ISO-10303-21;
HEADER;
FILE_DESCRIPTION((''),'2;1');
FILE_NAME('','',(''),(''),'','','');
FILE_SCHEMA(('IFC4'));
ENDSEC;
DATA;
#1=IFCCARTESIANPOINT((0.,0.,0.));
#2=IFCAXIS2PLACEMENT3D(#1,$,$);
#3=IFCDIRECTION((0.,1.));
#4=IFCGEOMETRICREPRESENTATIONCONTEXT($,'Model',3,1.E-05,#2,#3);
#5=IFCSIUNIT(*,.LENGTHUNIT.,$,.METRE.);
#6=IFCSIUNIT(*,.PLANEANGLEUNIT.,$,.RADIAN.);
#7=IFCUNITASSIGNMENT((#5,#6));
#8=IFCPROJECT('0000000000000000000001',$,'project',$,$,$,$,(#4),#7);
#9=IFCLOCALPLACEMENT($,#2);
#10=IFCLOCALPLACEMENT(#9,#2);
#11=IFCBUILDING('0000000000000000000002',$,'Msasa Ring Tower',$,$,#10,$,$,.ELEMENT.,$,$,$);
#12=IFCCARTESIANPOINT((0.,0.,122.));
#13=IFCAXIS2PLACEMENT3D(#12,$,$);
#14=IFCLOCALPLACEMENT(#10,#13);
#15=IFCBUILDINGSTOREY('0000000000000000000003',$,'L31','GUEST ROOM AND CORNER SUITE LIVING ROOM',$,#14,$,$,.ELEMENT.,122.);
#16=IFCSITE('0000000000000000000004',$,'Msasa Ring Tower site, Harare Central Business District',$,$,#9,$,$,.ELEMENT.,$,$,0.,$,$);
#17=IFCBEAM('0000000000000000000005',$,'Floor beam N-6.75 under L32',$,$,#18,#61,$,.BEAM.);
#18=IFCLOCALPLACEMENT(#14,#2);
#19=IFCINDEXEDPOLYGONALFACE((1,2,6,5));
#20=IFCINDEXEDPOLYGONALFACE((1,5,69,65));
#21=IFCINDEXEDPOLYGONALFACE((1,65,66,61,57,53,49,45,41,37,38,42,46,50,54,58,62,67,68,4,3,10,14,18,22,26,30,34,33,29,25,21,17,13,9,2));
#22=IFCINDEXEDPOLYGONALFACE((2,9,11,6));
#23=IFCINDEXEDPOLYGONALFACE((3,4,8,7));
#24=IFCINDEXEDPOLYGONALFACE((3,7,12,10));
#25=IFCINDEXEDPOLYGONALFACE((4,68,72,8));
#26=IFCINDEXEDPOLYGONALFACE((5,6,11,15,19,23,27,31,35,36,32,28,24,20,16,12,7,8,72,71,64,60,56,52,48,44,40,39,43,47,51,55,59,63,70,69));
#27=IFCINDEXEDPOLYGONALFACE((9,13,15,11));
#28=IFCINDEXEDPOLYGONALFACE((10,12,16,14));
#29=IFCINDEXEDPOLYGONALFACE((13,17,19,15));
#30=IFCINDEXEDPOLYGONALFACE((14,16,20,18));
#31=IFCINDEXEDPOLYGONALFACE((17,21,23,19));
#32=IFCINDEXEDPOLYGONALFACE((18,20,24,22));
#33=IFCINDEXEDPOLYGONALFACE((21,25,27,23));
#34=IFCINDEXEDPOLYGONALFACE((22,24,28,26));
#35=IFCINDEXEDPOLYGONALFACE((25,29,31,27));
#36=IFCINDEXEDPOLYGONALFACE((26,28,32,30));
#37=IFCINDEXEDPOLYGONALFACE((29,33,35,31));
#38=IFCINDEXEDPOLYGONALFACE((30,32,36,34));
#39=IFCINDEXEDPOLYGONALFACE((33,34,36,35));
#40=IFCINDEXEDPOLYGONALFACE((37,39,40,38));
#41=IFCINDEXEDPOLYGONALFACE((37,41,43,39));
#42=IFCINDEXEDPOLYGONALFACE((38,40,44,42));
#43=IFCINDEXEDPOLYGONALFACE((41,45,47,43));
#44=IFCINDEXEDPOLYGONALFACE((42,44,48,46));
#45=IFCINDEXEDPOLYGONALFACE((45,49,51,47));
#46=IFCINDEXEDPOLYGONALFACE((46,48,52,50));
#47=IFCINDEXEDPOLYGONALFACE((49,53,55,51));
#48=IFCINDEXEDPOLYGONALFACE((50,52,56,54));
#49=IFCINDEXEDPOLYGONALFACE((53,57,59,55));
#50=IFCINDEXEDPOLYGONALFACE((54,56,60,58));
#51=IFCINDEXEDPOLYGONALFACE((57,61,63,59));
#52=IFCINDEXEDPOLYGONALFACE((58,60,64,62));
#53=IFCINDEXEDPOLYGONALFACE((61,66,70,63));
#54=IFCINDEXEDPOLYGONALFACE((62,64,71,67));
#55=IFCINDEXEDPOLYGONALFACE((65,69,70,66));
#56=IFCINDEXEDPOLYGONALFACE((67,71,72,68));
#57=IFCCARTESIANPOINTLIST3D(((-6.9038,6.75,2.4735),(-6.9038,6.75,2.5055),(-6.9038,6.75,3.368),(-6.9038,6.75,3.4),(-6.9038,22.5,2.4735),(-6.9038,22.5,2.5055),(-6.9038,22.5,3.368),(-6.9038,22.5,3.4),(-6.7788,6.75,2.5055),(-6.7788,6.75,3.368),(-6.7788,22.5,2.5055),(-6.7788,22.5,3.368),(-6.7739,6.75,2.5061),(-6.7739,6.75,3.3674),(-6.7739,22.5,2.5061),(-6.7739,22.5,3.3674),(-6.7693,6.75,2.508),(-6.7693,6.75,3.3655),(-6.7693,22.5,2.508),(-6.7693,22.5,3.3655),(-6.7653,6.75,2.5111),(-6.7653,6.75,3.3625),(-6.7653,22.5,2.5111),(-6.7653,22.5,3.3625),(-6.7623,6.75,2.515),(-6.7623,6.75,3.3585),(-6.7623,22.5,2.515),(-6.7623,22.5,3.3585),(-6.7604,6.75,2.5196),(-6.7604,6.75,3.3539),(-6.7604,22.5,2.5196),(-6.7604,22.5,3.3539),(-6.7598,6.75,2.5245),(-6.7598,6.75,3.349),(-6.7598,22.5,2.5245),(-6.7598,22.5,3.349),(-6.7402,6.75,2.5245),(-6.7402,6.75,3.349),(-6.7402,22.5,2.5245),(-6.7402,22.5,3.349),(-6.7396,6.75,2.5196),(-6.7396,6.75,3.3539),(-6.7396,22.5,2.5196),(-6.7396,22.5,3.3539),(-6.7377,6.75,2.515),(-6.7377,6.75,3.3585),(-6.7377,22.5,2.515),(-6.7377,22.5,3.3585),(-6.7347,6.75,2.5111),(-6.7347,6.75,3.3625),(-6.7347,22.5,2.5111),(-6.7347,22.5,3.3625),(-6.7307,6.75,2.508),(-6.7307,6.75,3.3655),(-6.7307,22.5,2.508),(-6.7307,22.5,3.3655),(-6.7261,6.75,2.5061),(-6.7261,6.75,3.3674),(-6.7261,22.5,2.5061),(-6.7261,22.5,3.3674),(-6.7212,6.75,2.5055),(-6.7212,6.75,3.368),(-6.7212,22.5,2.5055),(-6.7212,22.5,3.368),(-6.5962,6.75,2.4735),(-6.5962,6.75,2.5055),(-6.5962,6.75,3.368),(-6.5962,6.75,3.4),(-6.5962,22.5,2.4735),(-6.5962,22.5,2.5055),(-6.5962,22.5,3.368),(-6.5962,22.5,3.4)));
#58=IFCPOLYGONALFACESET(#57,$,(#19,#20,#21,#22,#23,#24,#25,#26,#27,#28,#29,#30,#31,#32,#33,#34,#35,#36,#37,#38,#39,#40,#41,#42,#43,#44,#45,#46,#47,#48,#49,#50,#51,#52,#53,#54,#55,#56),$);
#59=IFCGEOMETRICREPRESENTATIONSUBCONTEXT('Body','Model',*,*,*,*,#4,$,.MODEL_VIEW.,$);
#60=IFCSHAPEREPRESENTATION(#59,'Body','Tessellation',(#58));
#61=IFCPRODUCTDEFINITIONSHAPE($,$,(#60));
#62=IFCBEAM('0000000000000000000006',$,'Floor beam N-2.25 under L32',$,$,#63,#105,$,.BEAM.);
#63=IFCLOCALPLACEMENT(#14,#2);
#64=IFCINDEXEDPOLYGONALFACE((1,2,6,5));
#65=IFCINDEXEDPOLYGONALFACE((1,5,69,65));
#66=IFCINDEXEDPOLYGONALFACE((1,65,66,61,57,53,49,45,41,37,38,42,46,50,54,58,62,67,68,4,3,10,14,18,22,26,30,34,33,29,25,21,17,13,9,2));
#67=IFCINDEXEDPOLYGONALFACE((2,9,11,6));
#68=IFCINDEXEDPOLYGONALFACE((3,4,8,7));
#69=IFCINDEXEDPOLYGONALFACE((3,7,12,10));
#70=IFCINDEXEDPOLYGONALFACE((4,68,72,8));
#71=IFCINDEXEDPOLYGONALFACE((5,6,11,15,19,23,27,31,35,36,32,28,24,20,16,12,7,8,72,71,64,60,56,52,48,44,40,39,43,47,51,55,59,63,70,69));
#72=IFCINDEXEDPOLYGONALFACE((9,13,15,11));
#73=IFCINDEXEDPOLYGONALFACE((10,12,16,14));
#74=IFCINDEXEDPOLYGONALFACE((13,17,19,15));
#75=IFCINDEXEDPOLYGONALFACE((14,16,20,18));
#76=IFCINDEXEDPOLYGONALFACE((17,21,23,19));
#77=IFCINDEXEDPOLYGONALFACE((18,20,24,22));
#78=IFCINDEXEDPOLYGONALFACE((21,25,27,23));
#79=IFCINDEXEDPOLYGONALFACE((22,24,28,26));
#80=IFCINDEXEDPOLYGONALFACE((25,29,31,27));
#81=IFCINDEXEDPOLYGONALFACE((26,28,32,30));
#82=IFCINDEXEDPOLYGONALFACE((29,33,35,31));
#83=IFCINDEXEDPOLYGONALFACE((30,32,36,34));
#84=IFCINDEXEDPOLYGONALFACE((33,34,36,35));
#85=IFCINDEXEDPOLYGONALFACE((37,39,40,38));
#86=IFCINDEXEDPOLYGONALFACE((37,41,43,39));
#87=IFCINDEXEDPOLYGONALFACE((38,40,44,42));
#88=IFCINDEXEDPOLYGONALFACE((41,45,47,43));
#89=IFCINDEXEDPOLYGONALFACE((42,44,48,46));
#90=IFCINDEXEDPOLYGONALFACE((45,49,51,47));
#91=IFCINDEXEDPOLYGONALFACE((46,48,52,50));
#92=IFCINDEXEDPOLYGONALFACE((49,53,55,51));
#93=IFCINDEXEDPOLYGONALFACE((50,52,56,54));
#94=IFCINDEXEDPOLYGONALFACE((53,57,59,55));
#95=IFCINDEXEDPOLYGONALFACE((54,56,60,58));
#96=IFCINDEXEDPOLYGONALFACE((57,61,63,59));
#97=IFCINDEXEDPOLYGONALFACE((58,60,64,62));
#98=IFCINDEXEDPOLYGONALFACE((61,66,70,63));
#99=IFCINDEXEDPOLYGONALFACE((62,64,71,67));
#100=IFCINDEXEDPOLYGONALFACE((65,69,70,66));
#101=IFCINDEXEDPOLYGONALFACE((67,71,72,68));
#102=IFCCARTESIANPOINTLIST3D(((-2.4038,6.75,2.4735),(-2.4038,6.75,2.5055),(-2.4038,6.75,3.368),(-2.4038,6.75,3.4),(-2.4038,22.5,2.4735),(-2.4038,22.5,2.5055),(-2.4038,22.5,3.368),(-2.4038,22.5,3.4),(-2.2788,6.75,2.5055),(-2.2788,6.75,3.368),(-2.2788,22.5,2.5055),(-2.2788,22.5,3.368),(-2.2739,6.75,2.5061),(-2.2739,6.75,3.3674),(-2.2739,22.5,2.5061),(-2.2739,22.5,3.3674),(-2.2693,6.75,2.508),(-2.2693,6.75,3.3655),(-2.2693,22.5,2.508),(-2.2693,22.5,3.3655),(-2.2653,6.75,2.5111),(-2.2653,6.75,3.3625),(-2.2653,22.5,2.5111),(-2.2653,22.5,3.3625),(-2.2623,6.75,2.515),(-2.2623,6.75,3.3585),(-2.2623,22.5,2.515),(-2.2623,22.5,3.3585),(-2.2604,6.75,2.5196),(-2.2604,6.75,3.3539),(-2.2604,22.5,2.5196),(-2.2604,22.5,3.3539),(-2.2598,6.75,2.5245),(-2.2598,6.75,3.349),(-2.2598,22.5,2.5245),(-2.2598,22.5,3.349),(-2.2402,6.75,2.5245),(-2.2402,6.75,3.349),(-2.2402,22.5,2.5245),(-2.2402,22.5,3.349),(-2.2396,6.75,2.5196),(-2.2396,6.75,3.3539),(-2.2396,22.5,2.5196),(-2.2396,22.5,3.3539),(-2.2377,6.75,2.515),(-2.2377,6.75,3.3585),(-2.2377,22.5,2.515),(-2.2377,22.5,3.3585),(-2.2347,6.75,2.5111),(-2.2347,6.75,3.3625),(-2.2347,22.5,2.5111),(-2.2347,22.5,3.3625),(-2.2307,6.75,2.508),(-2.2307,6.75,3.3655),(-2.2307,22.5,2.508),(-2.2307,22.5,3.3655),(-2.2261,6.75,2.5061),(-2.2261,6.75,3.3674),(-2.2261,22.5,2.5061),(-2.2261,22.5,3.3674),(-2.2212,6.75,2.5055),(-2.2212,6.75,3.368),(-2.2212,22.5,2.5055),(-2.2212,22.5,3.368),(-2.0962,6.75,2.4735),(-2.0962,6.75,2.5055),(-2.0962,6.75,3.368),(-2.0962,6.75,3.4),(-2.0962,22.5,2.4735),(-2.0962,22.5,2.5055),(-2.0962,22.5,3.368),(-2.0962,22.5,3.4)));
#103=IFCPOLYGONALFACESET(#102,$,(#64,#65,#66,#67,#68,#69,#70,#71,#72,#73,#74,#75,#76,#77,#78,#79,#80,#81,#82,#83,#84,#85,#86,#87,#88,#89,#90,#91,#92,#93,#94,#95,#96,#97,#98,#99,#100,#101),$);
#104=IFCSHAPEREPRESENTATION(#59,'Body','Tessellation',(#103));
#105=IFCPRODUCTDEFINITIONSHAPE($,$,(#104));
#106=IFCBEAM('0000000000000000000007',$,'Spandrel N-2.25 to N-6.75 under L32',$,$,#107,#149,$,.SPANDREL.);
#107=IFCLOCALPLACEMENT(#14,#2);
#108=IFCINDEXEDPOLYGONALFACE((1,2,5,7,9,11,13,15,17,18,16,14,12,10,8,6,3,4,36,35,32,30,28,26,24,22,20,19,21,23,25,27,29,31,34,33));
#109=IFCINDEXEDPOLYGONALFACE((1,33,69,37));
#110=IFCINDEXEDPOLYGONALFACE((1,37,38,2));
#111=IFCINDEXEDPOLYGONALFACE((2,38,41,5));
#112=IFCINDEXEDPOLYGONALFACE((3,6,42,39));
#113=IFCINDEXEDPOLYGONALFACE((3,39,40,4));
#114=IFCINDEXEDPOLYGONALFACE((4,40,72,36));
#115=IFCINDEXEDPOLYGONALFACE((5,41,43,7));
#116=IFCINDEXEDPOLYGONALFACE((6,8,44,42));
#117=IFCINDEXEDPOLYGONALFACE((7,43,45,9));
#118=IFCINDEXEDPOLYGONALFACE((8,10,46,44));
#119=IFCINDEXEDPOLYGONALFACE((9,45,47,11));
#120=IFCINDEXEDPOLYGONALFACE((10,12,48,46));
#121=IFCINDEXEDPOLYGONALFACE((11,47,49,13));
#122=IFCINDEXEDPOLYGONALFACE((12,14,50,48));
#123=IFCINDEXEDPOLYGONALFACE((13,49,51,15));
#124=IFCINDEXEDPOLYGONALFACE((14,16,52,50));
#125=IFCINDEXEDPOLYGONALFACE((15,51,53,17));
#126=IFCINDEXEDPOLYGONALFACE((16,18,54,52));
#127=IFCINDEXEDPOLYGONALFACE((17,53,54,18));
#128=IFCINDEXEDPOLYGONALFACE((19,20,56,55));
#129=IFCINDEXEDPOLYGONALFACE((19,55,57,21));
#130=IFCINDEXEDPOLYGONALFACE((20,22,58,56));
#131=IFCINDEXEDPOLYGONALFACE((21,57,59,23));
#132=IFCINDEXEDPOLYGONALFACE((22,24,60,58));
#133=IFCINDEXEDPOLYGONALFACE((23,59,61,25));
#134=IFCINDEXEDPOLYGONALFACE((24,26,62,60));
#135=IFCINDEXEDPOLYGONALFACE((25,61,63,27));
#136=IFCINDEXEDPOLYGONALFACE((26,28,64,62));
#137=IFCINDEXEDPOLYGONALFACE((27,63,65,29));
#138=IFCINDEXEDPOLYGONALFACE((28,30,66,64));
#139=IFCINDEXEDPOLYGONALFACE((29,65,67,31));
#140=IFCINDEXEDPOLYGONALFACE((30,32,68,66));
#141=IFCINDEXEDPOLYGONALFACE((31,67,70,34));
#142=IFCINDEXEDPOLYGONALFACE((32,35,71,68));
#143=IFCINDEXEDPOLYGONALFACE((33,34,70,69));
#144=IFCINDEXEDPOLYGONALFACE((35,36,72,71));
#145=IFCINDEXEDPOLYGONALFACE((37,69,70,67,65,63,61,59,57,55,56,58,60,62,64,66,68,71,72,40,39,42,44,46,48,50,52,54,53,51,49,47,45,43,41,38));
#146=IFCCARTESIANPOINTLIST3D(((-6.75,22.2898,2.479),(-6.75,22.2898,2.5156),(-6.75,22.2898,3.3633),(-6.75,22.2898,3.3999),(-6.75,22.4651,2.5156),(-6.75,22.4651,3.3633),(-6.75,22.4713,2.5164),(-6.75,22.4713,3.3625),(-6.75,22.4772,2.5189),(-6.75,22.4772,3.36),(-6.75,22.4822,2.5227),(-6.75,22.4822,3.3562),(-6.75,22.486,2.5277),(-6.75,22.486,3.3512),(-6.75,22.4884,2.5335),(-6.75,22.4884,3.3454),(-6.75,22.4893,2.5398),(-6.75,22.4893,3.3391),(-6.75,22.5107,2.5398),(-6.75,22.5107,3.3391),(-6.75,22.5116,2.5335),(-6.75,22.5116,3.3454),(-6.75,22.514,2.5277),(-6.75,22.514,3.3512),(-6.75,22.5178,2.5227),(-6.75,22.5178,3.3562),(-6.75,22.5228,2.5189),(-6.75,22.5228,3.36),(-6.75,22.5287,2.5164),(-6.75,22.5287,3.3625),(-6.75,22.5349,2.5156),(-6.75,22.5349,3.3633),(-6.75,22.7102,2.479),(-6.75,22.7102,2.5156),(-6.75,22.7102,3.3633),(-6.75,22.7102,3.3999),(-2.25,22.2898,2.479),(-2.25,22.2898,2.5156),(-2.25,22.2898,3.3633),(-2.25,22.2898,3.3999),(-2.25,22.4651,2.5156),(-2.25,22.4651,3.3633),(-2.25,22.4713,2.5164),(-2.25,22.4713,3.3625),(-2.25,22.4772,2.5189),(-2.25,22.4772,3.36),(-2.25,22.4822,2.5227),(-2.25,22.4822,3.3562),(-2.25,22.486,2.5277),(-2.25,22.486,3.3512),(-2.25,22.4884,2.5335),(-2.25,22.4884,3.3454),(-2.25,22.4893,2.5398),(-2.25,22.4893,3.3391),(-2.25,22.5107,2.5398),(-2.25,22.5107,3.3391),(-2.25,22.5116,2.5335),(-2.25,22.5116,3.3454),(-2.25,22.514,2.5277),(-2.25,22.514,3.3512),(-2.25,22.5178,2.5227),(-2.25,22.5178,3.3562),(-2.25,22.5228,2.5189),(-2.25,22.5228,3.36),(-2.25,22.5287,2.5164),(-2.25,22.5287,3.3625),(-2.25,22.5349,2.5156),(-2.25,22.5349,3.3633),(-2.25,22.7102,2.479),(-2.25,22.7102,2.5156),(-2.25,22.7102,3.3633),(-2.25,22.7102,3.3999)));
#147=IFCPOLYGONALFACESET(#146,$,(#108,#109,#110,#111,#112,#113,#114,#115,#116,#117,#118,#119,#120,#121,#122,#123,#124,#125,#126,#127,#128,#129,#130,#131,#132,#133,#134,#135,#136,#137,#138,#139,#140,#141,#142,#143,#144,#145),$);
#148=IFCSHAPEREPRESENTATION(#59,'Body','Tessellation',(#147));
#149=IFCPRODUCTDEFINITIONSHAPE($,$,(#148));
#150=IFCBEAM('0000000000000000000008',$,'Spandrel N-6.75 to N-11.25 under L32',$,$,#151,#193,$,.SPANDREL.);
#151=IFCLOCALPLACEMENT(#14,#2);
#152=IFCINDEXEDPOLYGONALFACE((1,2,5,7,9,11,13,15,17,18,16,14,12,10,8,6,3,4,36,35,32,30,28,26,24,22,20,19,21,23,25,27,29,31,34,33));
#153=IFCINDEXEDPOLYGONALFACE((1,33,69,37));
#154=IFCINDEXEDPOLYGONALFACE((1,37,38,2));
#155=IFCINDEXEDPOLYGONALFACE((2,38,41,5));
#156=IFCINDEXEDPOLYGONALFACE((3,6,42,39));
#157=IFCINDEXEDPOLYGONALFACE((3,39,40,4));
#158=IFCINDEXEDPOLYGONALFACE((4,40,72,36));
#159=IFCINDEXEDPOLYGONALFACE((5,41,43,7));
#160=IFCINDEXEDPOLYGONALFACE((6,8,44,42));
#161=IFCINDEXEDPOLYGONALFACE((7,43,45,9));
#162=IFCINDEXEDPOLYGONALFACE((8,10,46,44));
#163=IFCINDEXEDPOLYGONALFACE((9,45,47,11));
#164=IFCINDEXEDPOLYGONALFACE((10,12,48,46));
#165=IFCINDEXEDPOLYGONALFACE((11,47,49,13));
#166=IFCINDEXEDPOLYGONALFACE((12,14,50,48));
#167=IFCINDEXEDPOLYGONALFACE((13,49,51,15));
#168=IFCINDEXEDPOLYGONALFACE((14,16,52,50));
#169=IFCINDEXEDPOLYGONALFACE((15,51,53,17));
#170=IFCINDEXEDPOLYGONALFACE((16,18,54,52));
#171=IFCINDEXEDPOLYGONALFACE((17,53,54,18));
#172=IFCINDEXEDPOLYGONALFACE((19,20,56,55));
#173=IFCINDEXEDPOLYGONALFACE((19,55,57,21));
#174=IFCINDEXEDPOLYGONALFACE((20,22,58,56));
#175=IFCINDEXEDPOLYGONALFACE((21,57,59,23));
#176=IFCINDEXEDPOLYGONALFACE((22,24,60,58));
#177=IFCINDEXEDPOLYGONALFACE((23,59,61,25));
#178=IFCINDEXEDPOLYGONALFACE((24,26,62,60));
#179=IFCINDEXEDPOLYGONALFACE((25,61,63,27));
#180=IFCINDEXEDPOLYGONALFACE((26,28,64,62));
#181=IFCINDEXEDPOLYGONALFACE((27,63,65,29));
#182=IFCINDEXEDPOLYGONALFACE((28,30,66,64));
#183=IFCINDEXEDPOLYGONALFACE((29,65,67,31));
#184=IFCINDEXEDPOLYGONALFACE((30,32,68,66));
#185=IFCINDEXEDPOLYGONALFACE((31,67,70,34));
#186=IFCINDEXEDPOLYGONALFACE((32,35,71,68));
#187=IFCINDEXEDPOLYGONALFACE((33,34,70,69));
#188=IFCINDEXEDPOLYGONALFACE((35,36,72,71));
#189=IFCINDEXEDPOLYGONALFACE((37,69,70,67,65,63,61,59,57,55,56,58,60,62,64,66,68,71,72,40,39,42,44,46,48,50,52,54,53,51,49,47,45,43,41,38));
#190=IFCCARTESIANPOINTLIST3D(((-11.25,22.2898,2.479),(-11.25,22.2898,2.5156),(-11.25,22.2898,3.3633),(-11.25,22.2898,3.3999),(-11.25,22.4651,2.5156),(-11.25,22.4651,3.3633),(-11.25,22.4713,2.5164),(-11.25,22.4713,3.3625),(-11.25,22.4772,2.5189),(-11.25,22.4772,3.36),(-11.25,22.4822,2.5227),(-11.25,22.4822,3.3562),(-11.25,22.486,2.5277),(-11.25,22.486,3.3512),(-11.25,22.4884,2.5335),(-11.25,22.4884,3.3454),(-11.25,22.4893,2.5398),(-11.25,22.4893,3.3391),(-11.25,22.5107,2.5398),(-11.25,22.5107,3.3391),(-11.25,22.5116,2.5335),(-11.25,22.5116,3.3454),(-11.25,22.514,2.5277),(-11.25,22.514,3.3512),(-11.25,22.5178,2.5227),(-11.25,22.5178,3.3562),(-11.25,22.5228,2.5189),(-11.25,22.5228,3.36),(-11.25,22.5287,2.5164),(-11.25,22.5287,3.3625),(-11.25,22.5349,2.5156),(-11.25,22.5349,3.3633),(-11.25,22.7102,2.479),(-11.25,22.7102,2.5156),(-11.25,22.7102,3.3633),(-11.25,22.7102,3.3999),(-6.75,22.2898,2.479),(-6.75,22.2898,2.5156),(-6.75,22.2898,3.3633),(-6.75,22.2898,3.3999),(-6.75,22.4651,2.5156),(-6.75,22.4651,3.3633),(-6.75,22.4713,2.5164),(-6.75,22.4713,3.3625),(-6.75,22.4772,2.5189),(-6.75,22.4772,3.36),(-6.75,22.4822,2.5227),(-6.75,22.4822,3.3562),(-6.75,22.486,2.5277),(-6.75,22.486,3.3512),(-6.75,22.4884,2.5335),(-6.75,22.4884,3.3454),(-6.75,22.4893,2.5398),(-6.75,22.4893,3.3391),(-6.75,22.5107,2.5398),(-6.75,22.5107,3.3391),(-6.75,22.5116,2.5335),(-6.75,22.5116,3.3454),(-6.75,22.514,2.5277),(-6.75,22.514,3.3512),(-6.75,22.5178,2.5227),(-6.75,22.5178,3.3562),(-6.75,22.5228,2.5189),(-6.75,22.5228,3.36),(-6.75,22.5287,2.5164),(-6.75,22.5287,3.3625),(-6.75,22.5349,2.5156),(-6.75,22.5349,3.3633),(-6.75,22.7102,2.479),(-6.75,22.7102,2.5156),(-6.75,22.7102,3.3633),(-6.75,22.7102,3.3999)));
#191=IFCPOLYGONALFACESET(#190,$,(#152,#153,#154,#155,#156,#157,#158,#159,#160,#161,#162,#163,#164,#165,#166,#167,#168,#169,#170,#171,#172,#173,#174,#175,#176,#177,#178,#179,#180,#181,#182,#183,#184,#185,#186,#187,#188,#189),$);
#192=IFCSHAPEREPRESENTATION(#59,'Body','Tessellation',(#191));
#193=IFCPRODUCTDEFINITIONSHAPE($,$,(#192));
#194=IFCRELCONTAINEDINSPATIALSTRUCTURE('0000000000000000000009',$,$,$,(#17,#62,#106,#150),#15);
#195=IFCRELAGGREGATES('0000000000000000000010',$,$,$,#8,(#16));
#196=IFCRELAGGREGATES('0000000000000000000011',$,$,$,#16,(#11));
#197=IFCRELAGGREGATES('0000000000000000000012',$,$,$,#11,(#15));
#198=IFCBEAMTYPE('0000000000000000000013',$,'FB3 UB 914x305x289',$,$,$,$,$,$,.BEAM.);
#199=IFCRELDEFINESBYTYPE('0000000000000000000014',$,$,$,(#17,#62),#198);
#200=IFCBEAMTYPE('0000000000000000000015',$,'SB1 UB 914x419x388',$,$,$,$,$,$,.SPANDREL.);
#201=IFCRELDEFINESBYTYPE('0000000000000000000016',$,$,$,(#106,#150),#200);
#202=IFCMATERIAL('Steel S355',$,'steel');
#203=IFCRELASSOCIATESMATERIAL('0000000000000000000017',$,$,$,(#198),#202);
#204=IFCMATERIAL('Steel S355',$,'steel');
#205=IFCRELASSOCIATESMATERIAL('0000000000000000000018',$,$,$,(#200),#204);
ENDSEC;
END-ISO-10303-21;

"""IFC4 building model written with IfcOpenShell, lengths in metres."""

from ifc_helpers import new_model, si_unit, direction, frame, origin, origin_2d, place, context, subcontext, project, spatial, i_section, extrude, material, material_profile, profile_set, type_object, element, save


model = new_model("IFC4")

# Units and contexts
model_context = context("Model", 3, precision=1e-05, world=origin(), true_north=direction((0.0, 1.0)))
body_context = subcontext(model_context, "Body", "Model", "MODEL_VIEW")
ifc_project = project(units=[si_unit("LENGTHUNIT", "METRE"), si_unit("PLANEANGLEUNIT", "RADIAN")], contexts=[model_context])

# Site, building, storey
site_placement = place(None, origin())
site = spatial("IfcSite", under=ifc_project, at=site_placement, Name="Msasa Ring Tower site, Harare Central Business District", CompositionType="ELEMENT", RefElevation=0.0)
building_placement = place(site_placement, origin())
building = spatial("IfcBuilding", under=site, at=building_placement, Name="Msasa Ring Tower", CompositionType="ELEMENT")
storey_placement = place(building_placement, frame((0.0, 0.0, 122.0)))
storey = spatial("IfcBuildingStorey", under=building, at=storey_placement, Name="L31", Description="GUEST ROOM AND CORNER SUITE LIVING ROOM", CompositionType="ELEMENT", Elevation=122.0)

# Beams
ifc_material_1 = material(Name="Steel S355", Category="steel")
ifc_material_profile_1 = material_profile(ifc_material_1, i_section(OverallWidth=0.3076, OverallDepth=0.9265, WebThickness=0.0195, FlangeThickness=0.032, FilletRadius=0.019, at=origin_2d()), Name="UB 914x305x289")
ifc_profile_set_1 = profile_set([ifc_material_profile_1], Name="Steel S355")
beam_type_1 = type_object("IfcBeamType", Name="FB3 UB 914x305x289", PredefinedType="BEAM", material=ifc_profile_set_1)
for number, where, z_axis, x_axis, name in (
    (1, (-6.75, 22.5, 2.9368), (0.0, -1.0, 0.0), (1.0, 0.0, 0.0), "Floor beam N-6.75 under L32"),
    (2, (-2.25, 22.5, 2.9368), (0.0, -1.0, 0.0), (1.0, 0.0, 0.0), "Floor beam N-2.25 under L32"),
):
    element("IfcBeam", number, at=place(storey_placement, frame(where, z_axis=z_axis, x_axis=x_axis)), inside=storey, type_object=beam_type_1, Name=name, PredefinedType="BEAM", context=body_context, shape_type="SweptSolid", body=[
        extrude(i_section(OverallWidth=0.3076, OverallDepth=0.9265, WebThickness=0.0195, FlangeThickness=0.032, FilletRadius=0.019, at=origin_2d()), origin(), (0.0, 0.0, 1.0), 15.75),
    ])
ifc_material_2 = material(Name="Steel S355", Category="steel")
ifc_material_profile_2 = material_profile(ifc_material_2, i_section(OverallWidth=0.4204, OverallDepth=0.9209, WebThickness=0.0215, FlangeThickness=0.0366, FilletRadius=0.0242, at=origin_2d()), Name="UB 914x419x388")
ifc_profile_set_2 = profile_set([ifc_material_profile_2], Name="Steel S355")
beam_type_2 = type_object("IfcBeamType", Name="SB1 UB 914x419x388", PredefinedType="SPANDREL", material=ifc_profile_set_2)
for number, where, z_axis, x_axis, name in (
    (3, (-2.25, 22.5, 2.9395), (-1.0, 0.0, 0.0), (0.0, -1.0, 0.0), "Spandrel N-2.25 to N-6.75 under L32"),
    (4, (-6.75, 22.5, 2.9395), (-1.0, 0.0, 0.0), (0.0, -1.0, 0.0), "Spandrel N-6.75 to N-11.25 under L32"),
):
    element("IfcBeam", number, at=place(storey_placement, frame(where, z_axis=z_axis, x_axis=x_axis)), inside=storey, type_object=beam_type_2, Name=name, PredefinedType="SPANDREL", context=body_context, shape_type="SweptSolid", body=[
        extrude(i_section(OverallWidth=0.4204, OverallDepth=0.9209, WebThickness=0.0215, FlangeThickness=0.0366, FilletRadius=0.0242, at=origin_2d()), origin(), (0.0, 0.0, 1.0), 4.5),
    ])

save(model, "model.ifc")
